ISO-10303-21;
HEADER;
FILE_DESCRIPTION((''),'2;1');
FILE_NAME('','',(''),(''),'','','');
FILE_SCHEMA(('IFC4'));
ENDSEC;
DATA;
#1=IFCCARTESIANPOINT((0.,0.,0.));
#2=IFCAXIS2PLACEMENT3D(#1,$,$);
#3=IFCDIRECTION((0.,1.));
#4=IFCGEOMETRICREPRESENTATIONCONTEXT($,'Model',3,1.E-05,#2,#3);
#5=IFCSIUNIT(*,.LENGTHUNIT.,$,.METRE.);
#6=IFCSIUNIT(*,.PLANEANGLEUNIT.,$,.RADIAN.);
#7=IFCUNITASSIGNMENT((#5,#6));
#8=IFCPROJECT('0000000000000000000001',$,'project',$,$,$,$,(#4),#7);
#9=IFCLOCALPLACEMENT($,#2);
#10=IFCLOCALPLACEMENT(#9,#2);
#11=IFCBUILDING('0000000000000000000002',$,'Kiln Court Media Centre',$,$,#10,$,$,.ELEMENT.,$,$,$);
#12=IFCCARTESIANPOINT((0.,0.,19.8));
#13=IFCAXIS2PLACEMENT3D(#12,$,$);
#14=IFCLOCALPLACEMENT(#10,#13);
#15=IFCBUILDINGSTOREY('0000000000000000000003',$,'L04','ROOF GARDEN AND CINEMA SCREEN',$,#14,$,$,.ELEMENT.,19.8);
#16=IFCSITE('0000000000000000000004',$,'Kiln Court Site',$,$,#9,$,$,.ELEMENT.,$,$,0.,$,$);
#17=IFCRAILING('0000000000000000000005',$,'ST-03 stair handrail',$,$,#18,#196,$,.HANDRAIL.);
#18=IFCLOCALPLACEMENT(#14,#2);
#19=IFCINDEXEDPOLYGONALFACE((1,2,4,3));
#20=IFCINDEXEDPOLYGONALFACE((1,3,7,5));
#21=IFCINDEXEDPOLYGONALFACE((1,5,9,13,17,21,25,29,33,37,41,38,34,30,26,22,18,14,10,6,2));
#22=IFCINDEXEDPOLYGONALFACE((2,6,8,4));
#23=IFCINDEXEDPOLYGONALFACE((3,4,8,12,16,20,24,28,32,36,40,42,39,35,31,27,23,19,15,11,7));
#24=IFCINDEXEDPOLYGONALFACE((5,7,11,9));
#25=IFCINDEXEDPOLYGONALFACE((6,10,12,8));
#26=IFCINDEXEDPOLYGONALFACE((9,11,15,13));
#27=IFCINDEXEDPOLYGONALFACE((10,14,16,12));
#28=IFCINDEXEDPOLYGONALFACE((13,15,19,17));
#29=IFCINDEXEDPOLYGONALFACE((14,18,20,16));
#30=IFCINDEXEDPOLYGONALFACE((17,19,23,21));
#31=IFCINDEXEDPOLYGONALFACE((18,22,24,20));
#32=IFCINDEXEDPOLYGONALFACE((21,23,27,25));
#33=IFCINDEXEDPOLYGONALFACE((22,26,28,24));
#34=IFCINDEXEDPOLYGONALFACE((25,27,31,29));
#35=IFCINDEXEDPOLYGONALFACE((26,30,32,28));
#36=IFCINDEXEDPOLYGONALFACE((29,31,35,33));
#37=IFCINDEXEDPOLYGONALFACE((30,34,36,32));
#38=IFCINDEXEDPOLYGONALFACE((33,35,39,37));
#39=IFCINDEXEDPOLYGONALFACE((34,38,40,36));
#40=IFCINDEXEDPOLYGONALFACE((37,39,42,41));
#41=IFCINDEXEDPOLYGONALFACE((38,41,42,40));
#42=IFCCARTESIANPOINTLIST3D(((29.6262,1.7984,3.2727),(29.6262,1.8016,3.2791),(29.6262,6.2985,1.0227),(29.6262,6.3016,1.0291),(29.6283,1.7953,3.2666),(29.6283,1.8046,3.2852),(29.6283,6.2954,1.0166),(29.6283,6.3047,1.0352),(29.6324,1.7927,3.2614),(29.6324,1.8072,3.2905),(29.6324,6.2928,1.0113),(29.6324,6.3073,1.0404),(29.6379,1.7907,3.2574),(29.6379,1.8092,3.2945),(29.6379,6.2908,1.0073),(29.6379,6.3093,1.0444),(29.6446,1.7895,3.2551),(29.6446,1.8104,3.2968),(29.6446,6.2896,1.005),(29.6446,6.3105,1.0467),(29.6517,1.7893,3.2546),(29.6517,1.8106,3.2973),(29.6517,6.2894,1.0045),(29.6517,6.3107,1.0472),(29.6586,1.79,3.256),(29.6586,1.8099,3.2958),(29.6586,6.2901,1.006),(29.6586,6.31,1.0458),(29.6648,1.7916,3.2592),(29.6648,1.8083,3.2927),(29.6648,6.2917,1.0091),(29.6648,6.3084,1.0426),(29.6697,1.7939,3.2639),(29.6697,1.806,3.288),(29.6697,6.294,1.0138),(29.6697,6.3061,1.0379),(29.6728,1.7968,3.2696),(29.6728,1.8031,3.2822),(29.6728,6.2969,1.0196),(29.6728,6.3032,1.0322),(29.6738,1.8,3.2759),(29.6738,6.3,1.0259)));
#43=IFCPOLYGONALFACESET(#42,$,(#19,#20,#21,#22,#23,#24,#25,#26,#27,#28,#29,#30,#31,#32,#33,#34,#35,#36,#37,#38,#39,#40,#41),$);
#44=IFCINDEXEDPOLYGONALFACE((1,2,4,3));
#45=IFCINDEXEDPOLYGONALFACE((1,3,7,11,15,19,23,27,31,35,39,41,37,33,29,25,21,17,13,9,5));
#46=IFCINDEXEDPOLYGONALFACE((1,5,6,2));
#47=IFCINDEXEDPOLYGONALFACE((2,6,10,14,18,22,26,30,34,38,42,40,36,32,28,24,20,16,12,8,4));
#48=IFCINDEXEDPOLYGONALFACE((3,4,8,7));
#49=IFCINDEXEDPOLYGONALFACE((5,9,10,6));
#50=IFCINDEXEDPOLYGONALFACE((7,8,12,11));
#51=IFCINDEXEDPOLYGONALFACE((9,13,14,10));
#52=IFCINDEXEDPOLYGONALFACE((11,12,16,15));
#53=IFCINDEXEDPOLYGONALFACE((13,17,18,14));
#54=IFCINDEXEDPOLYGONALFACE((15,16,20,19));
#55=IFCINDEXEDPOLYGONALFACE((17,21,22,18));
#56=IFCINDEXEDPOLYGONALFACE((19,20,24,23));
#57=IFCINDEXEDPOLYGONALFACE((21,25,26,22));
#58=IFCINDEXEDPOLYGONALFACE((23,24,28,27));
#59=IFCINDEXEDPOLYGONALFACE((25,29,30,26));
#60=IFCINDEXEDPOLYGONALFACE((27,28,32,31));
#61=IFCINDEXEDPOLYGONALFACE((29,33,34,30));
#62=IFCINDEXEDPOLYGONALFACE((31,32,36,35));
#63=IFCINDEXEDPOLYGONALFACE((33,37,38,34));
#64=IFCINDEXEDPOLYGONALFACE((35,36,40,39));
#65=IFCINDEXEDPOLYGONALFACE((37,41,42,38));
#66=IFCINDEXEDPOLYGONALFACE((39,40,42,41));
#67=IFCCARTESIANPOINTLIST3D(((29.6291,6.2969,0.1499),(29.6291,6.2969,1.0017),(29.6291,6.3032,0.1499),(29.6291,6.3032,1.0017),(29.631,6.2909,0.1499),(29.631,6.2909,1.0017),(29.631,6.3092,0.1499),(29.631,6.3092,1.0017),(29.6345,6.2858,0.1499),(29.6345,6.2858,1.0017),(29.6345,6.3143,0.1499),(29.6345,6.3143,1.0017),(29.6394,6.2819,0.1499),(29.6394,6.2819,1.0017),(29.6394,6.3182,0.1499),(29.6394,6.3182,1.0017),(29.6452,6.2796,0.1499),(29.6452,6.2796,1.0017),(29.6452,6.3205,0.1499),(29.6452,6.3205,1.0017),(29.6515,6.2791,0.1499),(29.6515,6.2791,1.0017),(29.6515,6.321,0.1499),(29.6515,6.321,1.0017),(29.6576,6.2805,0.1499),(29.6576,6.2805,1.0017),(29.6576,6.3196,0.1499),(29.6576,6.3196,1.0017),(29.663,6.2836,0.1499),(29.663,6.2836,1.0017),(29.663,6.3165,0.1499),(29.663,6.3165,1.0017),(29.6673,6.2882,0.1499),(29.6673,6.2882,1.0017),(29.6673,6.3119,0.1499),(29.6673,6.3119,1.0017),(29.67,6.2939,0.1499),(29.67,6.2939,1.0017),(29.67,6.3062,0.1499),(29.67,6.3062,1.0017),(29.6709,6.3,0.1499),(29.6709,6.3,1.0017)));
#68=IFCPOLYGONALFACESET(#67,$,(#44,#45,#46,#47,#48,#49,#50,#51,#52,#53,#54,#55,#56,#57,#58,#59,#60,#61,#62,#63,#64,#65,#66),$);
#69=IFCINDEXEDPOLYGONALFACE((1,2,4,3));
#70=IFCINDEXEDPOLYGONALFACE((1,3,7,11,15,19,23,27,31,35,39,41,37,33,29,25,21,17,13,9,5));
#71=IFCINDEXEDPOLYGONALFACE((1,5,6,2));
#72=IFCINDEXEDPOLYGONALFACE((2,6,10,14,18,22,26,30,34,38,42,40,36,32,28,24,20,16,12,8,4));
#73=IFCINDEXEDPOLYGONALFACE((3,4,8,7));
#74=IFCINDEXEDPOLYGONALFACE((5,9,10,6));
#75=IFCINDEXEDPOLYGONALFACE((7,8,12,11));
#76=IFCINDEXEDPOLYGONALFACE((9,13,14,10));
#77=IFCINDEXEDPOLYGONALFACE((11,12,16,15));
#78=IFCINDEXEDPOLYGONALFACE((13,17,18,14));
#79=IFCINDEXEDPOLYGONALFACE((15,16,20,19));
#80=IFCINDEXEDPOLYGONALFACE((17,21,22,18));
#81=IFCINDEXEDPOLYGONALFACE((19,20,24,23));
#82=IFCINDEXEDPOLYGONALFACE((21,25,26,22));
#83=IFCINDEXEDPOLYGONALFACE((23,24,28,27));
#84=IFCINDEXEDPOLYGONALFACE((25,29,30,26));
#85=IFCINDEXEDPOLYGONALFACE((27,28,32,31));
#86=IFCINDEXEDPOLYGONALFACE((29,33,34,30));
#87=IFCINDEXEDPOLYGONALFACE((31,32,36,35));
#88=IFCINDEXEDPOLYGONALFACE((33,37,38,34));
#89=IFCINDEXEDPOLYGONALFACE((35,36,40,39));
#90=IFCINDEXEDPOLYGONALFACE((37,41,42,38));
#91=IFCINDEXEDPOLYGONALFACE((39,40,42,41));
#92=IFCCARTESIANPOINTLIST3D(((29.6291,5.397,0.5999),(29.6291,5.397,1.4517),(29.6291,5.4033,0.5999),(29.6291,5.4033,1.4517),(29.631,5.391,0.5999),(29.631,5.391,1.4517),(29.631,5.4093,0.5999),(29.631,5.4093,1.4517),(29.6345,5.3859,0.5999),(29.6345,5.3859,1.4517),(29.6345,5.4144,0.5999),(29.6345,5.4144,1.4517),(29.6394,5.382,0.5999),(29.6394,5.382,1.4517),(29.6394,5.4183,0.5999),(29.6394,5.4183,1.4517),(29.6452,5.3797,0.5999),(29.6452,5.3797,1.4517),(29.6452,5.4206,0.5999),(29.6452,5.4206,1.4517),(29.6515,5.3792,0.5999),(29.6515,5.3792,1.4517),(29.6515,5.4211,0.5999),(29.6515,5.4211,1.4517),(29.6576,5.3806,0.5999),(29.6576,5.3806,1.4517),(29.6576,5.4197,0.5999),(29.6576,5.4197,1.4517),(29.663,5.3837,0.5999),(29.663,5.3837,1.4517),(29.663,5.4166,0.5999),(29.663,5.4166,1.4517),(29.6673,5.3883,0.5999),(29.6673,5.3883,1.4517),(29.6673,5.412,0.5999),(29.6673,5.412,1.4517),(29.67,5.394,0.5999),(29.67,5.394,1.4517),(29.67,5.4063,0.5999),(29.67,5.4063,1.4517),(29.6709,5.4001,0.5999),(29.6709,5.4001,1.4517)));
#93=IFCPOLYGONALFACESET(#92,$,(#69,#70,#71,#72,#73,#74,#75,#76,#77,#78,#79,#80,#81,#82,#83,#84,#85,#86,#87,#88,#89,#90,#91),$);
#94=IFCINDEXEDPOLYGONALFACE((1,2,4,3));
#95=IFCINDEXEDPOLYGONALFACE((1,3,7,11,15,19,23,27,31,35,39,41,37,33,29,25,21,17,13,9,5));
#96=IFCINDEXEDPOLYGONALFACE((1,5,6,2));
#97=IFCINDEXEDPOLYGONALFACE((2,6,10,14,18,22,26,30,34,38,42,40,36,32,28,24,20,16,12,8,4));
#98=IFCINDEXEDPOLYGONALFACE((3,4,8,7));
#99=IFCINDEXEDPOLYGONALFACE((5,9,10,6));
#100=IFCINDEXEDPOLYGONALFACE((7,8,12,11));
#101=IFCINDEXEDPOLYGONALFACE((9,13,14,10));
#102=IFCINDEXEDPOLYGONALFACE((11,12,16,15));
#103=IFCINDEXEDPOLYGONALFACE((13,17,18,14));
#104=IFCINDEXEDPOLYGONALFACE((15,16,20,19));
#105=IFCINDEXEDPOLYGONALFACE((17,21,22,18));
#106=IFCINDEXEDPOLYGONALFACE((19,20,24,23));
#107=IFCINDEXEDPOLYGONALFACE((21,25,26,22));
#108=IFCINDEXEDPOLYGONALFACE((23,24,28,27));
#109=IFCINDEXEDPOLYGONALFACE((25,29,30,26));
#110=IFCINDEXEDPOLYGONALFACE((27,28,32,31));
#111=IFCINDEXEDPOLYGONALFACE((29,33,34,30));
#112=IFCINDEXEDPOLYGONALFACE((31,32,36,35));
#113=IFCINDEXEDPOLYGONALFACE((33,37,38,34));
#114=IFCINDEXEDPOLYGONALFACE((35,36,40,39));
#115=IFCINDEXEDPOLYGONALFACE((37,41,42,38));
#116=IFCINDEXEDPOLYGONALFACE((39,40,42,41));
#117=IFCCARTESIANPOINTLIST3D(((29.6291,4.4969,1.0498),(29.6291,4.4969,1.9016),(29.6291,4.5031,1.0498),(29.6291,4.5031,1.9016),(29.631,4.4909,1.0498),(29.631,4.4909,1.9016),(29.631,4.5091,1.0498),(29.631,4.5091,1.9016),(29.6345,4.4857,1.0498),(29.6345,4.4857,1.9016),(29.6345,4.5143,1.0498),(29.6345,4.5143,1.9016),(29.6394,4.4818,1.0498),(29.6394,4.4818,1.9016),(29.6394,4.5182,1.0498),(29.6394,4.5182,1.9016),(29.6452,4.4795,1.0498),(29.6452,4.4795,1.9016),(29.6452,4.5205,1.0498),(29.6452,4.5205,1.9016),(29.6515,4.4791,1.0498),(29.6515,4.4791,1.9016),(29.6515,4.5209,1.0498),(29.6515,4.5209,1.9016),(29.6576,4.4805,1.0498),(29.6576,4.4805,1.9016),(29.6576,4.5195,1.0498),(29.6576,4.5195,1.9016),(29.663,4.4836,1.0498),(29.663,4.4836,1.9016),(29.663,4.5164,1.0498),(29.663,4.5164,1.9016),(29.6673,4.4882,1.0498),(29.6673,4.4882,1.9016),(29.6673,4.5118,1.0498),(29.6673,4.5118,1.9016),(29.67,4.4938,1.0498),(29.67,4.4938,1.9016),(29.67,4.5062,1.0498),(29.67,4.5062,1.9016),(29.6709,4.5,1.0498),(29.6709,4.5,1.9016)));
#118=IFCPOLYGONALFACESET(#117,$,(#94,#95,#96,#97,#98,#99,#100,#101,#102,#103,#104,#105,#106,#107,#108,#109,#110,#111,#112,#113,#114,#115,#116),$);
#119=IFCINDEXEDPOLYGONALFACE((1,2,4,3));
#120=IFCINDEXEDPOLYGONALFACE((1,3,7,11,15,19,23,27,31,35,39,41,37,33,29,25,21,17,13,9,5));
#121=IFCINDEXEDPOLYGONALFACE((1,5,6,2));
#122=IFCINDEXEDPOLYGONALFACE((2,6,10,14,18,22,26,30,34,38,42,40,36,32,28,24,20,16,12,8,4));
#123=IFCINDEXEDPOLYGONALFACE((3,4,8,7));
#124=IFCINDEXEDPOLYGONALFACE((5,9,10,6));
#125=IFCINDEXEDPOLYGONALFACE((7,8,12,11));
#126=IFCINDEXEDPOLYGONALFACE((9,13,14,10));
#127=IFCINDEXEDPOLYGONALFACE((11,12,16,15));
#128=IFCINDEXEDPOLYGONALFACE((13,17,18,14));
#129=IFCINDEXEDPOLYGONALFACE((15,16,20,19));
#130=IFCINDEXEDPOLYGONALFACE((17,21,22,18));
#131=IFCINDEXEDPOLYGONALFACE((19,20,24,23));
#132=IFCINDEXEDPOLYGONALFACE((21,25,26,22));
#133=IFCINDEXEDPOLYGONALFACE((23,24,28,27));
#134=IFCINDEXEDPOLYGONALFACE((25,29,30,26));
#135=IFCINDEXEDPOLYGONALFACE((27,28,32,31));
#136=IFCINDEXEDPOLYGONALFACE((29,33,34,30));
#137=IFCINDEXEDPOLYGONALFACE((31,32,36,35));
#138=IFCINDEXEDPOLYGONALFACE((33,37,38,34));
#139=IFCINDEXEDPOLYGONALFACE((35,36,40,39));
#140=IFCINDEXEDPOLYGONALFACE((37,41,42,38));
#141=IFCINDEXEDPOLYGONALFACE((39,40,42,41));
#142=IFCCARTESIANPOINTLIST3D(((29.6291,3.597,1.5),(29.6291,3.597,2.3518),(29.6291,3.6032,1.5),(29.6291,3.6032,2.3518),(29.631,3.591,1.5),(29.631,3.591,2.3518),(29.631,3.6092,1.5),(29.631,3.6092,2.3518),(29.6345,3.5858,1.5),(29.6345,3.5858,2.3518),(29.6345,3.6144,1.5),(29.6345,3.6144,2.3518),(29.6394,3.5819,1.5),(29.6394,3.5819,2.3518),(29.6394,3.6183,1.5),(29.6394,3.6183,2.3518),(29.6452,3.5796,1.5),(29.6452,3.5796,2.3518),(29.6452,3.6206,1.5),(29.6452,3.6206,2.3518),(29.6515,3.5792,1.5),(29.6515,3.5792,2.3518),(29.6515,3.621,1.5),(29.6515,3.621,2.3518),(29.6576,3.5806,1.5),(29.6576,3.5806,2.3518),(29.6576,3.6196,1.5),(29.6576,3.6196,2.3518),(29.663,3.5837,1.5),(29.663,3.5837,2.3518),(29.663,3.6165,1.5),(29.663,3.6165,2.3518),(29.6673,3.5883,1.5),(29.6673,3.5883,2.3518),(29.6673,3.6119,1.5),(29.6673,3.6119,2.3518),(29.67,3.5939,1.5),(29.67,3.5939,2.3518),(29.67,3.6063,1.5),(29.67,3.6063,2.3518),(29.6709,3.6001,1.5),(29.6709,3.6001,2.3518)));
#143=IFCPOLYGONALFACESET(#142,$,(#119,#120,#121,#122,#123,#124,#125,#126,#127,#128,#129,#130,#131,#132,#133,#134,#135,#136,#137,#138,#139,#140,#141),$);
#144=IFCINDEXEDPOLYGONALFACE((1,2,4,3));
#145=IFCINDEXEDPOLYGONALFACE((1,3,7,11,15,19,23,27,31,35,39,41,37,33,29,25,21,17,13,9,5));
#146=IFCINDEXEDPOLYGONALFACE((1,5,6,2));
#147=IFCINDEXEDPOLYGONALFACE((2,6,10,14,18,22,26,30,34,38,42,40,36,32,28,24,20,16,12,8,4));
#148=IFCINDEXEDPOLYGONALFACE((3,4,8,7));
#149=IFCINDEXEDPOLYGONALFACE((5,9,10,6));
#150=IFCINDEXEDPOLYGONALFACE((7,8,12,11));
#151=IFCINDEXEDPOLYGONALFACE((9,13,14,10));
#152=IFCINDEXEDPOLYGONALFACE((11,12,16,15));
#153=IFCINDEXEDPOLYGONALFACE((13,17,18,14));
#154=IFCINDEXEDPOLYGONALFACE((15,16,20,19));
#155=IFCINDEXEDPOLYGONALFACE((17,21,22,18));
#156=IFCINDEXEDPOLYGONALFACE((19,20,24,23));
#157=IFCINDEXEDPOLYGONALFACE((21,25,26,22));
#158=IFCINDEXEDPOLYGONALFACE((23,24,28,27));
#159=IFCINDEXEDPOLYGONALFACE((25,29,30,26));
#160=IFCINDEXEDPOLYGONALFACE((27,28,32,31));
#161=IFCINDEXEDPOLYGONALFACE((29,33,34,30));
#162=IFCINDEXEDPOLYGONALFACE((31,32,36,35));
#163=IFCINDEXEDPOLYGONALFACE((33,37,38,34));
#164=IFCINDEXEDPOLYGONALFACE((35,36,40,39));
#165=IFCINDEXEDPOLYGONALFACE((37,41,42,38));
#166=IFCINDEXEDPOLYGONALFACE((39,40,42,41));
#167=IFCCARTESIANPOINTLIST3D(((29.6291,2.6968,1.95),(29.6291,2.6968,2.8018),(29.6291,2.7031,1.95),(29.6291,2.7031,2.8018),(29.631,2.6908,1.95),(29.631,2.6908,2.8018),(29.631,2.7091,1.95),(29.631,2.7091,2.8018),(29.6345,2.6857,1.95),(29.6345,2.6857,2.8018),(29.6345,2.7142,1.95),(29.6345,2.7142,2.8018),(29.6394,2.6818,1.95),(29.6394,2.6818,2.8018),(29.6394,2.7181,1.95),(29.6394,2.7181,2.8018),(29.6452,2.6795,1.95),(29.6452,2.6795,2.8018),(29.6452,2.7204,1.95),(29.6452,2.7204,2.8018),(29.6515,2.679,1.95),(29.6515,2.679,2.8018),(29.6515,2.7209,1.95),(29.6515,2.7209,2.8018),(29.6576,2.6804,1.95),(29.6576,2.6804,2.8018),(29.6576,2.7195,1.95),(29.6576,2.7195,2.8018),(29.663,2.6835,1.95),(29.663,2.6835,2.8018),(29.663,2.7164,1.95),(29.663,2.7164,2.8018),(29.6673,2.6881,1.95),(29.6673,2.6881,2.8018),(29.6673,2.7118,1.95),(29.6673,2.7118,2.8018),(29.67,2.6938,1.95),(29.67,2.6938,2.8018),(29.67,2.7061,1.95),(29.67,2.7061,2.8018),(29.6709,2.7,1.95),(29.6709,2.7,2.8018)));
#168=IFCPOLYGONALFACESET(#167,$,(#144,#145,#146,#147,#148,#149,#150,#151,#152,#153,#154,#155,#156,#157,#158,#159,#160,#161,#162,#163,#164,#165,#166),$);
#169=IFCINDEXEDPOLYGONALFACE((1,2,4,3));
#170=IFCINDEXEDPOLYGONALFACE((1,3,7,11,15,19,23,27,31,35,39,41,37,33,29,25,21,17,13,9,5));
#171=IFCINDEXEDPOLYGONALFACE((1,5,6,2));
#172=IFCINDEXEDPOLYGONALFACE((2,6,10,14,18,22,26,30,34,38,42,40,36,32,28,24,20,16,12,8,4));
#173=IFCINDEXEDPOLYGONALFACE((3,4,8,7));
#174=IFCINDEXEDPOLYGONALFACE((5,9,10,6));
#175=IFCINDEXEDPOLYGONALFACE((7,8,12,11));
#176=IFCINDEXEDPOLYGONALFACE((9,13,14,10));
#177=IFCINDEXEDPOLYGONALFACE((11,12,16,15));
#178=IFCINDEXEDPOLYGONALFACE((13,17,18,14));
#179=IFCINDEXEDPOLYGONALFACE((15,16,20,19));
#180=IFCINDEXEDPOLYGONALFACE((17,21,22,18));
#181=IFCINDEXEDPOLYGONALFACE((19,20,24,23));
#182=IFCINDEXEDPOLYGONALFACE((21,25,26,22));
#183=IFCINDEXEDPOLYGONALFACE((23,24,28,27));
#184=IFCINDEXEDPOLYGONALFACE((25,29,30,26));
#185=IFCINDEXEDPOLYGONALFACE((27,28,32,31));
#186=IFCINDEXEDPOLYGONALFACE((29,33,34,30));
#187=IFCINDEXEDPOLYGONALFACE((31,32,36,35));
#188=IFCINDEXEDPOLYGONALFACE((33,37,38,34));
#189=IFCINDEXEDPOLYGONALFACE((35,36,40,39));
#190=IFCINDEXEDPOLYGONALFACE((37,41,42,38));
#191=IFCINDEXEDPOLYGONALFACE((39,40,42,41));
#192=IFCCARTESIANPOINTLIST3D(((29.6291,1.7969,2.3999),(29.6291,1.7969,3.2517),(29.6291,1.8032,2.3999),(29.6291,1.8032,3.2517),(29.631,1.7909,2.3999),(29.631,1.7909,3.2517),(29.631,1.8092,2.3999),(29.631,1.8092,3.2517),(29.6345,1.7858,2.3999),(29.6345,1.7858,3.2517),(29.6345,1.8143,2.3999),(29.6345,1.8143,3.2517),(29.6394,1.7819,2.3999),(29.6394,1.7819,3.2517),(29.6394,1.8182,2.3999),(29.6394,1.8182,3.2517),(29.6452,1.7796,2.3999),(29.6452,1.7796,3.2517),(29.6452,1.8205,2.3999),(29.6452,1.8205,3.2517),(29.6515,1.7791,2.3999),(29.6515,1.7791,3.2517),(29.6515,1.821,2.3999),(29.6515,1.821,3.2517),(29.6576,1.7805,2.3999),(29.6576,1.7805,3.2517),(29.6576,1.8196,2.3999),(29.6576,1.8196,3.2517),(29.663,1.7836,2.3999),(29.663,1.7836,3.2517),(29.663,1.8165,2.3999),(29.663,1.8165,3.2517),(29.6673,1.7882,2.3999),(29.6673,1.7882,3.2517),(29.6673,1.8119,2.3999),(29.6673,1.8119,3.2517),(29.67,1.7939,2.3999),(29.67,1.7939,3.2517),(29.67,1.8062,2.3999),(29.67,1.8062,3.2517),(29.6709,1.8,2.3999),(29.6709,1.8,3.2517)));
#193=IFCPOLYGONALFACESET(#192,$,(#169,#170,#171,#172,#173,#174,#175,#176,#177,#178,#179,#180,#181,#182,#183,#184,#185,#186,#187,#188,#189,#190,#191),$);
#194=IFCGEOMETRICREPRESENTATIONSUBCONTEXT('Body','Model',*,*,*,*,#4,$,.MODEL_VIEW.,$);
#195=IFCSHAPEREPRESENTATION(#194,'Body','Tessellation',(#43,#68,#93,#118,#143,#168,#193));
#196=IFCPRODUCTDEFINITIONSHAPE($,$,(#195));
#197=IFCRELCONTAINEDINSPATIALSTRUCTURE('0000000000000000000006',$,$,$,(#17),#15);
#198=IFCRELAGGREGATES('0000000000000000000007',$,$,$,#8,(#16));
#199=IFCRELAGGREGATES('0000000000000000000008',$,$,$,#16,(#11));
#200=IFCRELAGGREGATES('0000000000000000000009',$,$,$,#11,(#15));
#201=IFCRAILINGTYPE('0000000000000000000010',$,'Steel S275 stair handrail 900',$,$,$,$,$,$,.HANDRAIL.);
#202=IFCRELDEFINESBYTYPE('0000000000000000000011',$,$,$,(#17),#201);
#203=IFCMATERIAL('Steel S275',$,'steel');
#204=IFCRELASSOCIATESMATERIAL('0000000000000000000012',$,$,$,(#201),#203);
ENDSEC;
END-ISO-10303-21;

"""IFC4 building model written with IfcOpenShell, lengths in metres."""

from ifc_helpers import new_model, si_unit, direction, frame, origin, origin_2d, place, context, subcontext, project, spatial, circle, extrude, material, type_object, element, save


model = new_model("IFC4")

# Units and contexts
model_context = context("Model", 3, precision=1e-05, world=origin(), true_north=direction((0.0, 1.0)))
body_context = subcontext(model_context, "Body", "Model", "MODEL_VIEW")
ifc_project = project(units=[si_unit("LENGTHUNIT", "METRE"), si_unit("PLANEANGLEUNIT", "RADIAN")], contexts=[model_context])

# Site, building, storey
site_placement = place(None, origin())
site = spatial("IfcSite", under=ifc_project, at=site_placement, Name="Kiln Court Site", CompositionType="ELEMENT", RefElevation=0.0)
building_placement = place(site_placement, origin())
building = spatial("IfcBuilding", under=site, at=building_placement, Name="Kiln Court Media Centre", CompositionType="ELEMENT")
storey_placement = place(building_placement, frame((0.0, 0.0, 19.8)))
storey = spatial("IfcBuildingStorey", under=building, at=storey_placement, Name="L04", Description="ROOF GARDEN AND CINEMA SCREEN", CompositionType="ELEMENT", Elevation=19.8)

# Railing
ifc_material_1 = material(Name="Steel S275", Category="steel")
railing_type_1 = type_object("IfcRailingType", Name="Steel S275 stair handrail 900", PredefinedType="HANDRAIL", material=ifc_material_1)
railing_1_placement = place(storey_placement, frame((29.6499, 6.3, 0.1499)))
element("IfcRailing", 1, at=railing_1_placement, inside=storey, type_object=railing_type_1, Name="ST-03 stair handrail", PredefinedType="HANDRAIL", context=body_context, shape_type="SweptSolid", body=[
    extrude(circle(Radius=0.0239, at=origin_2d()), frame((0.0, 0.0, 0.876), z_axis=(0.0, -0.894427, 0.447214), x_axis=(1.0, 0.0, 0.0)), (0.0, 0.0, 1.0), 5.0312),
    extrude(circle(Radius=0.021, at=origin_2d()), origin(), (0.0, 0.0, 1.0), 0.8518),
    extrude(circle(Radius=0.021, at=origin_2d()), frame((0.0, -0.8999, 0.45)), (0.0, 0.0, 1.0), 0.8518),
    extrude(circle(Radius=0.021, at=origin_2d()), frame((0.0, -1.8, 0.8999)), (0.0, 0.0, 1.0), 0.8518),
    extrude(circle(Radius=0.021, at=origin_2d()), frame((0.0, -2.7, 1.3501)), (0.0, 0.0, 1.0), 0.8518),
    extrude(circle(Radius=0.021, at=origin_2d()), frame((0.0, -3.6001, 1.8)), (0.0, 0.0, 1.0), 0.8518),
    extrude(circle(Radius=0.021, at=origin_2d()), frame((0.0, -4.5, 2.25)), (0.0, 0.0, 1.0), 0.8518),
])

save(model, "model.ifc")
